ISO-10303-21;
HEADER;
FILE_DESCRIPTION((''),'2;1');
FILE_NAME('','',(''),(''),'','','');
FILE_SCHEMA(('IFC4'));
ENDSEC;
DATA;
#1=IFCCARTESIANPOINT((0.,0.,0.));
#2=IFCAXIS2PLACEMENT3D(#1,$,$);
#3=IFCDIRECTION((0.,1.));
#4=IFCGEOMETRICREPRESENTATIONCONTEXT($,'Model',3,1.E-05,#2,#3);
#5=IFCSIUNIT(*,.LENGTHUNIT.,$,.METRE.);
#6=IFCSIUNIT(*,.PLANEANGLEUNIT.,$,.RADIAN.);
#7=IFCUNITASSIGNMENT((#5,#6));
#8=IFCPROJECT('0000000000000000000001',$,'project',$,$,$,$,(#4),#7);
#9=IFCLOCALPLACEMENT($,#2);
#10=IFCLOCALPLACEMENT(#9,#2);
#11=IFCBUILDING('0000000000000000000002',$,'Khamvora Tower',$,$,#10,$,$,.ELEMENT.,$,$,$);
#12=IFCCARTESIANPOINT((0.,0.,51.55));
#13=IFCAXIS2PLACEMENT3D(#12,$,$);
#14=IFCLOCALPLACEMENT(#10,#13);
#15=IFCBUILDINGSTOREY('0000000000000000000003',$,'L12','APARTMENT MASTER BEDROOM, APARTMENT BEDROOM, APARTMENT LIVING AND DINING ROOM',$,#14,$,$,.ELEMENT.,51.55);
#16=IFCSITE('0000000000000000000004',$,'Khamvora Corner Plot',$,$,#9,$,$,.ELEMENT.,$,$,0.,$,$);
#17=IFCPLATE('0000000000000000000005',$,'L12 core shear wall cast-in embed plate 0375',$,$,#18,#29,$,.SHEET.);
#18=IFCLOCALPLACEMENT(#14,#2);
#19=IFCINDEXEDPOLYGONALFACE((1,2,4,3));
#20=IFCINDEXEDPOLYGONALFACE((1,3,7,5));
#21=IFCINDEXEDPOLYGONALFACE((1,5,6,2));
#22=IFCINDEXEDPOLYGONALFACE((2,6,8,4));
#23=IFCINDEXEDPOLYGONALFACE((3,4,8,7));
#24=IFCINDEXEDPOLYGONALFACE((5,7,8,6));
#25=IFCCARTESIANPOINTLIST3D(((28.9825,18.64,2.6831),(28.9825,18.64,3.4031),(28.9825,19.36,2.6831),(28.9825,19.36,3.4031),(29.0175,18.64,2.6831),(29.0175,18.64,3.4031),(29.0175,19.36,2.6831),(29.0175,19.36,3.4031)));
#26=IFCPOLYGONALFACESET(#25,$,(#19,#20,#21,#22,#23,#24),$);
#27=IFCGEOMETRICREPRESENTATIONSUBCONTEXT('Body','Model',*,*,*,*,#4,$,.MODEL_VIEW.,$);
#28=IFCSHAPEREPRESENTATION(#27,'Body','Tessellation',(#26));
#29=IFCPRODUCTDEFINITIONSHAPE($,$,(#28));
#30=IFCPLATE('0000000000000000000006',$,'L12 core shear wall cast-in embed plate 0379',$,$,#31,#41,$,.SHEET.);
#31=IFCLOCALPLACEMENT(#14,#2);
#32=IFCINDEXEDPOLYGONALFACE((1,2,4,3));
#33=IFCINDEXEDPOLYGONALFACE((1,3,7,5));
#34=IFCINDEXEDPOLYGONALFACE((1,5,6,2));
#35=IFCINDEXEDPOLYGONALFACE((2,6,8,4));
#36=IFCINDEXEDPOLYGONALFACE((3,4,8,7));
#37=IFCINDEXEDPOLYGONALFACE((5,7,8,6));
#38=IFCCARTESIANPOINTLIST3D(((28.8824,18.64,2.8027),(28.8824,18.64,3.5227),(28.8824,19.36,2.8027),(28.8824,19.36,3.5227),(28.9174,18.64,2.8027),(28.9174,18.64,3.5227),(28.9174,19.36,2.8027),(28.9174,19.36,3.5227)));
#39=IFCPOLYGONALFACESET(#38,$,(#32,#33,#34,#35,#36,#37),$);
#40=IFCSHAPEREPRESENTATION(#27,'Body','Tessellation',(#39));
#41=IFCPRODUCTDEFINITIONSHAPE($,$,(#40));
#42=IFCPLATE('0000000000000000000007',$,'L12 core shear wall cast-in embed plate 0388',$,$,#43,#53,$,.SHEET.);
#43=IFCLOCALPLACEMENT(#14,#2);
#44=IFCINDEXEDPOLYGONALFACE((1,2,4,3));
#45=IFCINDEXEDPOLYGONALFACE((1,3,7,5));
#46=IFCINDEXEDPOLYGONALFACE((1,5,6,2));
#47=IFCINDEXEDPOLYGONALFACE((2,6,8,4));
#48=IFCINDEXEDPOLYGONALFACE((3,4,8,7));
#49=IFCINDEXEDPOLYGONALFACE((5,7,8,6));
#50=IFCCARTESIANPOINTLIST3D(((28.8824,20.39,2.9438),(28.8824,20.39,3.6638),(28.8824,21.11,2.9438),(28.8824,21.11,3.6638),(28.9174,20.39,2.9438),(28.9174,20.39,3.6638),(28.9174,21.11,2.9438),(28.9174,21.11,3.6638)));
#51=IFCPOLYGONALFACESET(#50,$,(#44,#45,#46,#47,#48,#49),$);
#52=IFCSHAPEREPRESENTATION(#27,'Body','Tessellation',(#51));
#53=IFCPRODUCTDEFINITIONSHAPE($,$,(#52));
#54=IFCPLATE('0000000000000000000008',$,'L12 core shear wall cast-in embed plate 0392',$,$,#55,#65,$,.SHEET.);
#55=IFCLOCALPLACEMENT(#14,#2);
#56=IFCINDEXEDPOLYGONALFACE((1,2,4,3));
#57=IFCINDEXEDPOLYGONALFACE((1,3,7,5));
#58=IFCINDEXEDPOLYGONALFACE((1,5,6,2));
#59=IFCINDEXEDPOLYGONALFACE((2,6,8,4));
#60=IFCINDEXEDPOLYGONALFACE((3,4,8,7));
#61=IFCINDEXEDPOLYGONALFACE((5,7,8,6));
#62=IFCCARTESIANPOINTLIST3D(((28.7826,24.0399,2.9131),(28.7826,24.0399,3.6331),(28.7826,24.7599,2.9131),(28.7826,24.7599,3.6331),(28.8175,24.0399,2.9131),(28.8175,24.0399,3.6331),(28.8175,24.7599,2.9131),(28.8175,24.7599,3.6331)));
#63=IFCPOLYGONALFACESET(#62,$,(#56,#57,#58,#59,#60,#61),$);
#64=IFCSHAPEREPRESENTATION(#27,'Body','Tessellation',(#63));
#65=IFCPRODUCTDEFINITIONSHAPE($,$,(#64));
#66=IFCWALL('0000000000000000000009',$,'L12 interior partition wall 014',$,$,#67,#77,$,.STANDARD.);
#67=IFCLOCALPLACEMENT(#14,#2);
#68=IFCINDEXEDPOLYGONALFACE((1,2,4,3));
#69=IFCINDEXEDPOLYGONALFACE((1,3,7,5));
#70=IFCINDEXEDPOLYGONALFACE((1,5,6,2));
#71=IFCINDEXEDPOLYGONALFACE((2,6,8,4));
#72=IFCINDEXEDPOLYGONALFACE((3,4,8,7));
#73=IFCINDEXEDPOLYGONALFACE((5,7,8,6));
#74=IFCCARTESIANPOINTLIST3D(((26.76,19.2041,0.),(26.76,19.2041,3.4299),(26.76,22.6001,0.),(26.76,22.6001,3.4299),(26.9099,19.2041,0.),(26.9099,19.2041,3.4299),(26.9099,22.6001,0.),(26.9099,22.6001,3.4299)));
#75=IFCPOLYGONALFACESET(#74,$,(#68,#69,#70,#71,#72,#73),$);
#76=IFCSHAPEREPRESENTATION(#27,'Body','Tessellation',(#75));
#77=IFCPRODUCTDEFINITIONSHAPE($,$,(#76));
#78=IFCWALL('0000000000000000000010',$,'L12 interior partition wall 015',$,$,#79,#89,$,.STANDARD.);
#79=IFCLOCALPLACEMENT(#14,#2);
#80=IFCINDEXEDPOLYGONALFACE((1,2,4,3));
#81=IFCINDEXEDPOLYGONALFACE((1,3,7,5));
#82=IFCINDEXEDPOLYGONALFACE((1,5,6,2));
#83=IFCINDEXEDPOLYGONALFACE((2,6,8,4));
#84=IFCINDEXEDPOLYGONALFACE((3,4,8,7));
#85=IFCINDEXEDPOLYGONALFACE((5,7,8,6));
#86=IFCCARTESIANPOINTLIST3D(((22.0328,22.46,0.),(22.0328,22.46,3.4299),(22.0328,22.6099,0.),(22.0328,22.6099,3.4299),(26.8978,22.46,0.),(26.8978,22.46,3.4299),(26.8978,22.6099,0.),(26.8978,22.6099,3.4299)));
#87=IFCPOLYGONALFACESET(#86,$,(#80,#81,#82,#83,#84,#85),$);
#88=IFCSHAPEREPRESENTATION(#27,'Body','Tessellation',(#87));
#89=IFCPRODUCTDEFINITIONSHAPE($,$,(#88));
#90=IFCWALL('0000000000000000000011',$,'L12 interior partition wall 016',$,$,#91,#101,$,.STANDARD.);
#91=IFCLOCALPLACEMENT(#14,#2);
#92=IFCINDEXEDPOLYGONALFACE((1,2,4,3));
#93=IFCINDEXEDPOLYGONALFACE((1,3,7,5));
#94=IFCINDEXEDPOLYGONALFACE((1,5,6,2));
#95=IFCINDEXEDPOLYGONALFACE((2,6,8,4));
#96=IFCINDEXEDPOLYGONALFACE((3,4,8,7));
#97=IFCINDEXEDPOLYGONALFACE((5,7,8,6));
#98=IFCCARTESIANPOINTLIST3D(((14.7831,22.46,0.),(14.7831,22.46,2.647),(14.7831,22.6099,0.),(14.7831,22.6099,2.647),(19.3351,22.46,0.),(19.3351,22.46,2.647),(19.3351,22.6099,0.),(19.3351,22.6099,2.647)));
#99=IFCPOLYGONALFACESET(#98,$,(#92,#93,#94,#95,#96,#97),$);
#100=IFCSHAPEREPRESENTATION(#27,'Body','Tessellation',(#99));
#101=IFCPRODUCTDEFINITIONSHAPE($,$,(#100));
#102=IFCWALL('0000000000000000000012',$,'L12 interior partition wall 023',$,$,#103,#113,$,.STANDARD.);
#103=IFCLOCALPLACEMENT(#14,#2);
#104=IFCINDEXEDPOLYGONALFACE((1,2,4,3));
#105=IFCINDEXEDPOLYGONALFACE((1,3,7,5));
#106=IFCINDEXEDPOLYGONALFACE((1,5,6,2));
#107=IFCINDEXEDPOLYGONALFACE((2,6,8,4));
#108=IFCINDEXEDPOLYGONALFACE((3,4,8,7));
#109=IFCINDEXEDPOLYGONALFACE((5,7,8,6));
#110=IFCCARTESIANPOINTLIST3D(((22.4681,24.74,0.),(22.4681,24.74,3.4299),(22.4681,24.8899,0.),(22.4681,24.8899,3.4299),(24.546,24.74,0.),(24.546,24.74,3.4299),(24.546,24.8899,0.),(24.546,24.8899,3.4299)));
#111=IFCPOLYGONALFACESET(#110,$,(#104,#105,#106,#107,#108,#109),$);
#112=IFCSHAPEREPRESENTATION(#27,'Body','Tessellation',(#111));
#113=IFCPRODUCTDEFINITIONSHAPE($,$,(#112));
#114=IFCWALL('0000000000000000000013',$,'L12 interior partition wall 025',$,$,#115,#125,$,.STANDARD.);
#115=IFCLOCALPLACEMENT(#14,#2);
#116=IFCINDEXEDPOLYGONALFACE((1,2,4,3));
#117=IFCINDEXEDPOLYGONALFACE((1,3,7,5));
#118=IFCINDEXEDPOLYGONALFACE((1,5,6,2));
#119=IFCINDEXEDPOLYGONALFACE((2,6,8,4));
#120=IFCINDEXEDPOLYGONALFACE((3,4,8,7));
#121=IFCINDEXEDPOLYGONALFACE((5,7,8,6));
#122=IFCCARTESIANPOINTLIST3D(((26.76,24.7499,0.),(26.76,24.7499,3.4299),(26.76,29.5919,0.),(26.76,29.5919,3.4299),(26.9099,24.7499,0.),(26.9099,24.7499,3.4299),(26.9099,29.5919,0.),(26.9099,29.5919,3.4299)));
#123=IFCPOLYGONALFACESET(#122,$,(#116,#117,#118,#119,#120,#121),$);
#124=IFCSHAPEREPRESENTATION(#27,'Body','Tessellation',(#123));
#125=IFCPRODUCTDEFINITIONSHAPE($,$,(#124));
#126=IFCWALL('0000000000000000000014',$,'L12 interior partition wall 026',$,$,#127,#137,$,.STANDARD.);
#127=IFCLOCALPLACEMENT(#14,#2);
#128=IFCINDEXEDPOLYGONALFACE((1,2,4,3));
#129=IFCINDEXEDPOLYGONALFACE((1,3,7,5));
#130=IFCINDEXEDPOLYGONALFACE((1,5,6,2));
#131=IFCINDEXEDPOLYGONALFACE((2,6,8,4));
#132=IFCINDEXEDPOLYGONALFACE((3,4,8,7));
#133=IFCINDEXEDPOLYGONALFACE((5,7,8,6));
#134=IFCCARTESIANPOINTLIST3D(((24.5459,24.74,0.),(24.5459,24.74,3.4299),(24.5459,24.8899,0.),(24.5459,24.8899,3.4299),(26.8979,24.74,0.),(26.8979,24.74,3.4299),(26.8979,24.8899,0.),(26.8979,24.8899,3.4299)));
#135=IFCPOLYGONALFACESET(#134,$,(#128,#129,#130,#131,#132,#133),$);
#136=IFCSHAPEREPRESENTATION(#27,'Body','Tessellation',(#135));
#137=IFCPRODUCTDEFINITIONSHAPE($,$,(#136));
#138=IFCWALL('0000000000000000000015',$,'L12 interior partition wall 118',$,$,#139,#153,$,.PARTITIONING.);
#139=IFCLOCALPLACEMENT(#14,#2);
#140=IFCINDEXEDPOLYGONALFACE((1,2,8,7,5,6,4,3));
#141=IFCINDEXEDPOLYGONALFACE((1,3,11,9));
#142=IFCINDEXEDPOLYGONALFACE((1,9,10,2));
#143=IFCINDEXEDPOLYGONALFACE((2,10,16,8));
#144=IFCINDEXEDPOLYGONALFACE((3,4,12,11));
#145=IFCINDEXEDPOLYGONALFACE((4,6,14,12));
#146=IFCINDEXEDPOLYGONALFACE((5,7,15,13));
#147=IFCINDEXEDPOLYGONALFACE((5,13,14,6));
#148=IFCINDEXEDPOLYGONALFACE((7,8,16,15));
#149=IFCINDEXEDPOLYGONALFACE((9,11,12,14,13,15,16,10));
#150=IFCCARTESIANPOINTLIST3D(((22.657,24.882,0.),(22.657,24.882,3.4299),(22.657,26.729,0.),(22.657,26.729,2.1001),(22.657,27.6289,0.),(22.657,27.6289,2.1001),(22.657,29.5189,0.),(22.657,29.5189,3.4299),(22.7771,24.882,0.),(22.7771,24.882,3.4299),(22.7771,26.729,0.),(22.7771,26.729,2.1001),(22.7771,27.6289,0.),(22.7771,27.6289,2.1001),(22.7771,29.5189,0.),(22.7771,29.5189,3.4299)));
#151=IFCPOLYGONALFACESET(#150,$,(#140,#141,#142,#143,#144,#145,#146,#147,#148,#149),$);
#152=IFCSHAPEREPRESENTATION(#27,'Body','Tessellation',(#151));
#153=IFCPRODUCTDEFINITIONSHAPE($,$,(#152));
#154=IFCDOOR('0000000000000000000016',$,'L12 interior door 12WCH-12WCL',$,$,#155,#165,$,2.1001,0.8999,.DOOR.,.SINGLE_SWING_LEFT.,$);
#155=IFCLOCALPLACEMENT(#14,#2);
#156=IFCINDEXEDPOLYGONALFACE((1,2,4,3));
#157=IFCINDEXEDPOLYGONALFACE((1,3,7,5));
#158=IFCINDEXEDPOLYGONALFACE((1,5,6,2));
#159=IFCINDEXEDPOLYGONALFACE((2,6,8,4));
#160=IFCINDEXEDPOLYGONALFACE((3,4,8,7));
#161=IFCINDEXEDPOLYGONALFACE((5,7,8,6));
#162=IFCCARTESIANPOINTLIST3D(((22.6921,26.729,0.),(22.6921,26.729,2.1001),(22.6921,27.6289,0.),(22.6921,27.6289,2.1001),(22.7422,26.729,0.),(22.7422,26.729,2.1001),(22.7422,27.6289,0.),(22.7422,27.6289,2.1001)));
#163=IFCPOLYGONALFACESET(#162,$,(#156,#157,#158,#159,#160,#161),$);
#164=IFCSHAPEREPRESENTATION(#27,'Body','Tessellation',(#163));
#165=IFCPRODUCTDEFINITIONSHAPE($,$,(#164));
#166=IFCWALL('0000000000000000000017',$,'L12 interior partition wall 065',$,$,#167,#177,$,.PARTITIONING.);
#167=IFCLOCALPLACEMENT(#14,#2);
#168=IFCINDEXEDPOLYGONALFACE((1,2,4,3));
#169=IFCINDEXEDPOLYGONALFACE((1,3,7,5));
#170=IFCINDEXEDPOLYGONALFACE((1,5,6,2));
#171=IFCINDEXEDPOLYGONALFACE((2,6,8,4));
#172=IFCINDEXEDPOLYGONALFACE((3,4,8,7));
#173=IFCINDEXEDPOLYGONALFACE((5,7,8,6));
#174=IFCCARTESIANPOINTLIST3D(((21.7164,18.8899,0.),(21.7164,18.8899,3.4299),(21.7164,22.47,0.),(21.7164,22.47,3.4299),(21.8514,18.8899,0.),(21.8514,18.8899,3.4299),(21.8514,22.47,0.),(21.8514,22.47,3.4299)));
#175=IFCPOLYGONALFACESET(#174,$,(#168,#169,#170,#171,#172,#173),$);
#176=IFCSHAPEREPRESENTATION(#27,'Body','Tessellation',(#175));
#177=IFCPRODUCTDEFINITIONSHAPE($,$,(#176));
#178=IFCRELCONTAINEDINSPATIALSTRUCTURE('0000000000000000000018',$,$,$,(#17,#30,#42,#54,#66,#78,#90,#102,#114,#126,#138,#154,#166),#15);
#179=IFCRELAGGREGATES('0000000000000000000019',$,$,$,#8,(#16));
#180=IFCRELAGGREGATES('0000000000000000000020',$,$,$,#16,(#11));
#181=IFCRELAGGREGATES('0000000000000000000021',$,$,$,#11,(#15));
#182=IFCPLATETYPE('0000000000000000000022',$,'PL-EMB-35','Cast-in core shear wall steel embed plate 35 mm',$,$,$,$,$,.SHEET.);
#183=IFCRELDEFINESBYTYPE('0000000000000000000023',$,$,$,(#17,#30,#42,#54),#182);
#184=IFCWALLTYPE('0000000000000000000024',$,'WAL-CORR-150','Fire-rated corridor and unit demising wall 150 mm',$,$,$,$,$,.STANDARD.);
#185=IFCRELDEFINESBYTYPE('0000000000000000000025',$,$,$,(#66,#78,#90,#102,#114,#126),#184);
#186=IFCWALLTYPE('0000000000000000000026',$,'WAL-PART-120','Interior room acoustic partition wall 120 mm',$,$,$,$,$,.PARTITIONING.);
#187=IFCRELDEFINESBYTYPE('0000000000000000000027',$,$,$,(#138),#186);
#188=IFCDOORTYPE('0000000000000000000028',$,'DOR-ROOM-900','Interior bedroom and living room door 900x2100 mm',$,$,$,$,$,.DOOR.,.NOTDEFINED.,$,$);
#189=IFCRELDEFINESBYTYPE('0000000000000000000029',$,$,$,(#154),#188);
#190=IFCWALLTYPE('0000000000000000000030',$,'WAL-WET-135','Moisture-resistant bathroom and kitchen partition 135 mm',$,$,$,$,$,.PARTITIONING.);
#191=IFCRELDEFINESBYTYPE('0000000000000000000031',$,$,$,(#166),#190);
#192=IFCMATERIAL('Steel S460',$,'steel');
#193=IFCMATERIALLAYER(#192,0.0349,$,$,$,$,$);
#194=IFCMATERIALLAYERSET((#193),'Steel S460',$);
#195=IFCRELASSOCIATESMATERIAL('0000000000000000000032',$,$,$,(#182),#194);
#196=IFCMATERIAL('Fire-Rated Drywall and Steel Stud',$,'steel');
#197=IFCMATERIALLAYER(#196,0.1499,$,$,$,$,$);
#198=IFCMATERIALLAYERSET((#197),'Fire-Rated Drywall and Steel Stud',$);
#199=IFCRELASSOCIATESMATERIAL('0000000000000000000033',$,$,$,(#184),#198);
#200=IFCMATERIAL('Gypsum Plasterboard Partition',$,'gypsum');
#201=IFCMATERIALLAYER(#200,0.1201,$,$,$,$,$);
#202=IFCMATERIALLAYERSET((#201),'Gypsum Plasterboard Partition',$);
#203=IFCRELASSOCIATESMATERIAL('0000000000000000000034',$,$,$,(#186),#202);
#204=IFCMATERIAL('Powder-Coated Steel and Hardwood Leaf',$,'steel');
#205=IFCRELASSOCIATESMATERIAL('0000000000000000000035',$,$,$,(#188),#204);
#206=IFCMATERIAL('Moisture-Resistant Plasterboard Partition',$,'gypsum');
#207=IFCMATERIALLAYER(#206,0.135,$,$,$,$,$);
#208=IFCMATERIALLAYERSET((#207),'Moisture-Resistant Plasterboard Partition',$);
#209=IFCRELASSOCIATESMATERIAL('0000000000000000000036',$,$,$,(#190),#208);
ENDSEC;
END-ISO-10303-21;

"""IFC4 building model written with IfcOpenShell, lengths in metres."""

from ifc_helpers import new_model, si_unit, direction, frame, frame_2d, origin, origin_2d, place, context, subcontext, project, spatial, rectangle, extrude, material, layer, layer_set, type_object, element, fill, save


model = new_model("IFC4")

# Units and contexts
model_context = context("Model", 3, precision=1e-05, world=origin(), true_north=direction((0.0, 1.0)))
body_context = subcontext(model_context, "Body", "Model", "MODEL_VIEW")
ifc_project = project(units=[si_unit("LENGTHUNIT", "METRE"), si_unit("PLANEANGLEUNIT", "RADIAN")], contexts=[model_context])

# Site, building, storey
site_placement = place(None, origin())
site = spatial("IfcSite", under=ifc_project, at=site_placement, Name="Khamvora Corner Plot", CompositionType="ELEMENT", RefElevation=0.0)
building_placement = place(site_placement, origin())
building = spatial("IfcBuilding", under=site, at=building_placement, Name="Khamvora Tower", CompositionType="ELEMENT")
storey_placement = place(building_placement, frame((0.0, 0.0, 51.55)))
storey = spatial("IfcBuildingStorey", under=building, at=storey_placement, Name="L12", Description="APARTMENT MASTER BEDROOM, APARTMENT BEDROOM, APARTMENT LIVING AND DINING ROOM", CompositionType="ELEMENT", Elevation=51.55)

# Shared definitions
ifc_material_1 = material(Name="Steel S460", Category="steel")

# Plates
ifc_layer_1 = layer(ifc_material_1, 0.0349)
ifc_layer_set_1 = layer_set([ifc_layer_1], Name="Steel S460")
plate_type = type_object("IfcPlateType", Name="PL-EMB-35", Description="Cast-in core shear wall steel embed plate 35 mm", PredefinedType="SHEET", material=ifc_layer_set_1)
for number, where, z_axis, x_axis, name in (
    (1, (29.0, 19.0, 2.6831), (0.0, 0.0, 1.0), (1.0, 0.0, 0.0), "L12 core shear wall cast-in embed plate 0375"),
    (2, (28.8999, 19.0, 2.8027), (0.0, 0.0, 1.0), (1.0, 0.0, 0.0), "L12 core shear wall cast-in embed plate 0379"),
    (3, (28.8999, 20.75, 2.9438), (0.0, 0.0, 1.0), (1.0, 0.0, 0.0), "L12 core shear wall cast-in embed plate 0388"),
    (4, (28.8, 24.3999, 2.9131), (0.0, 0.0, 1.0), (1.0, 0.0, 0.0), "L12 core shear wall cast-in embed plate 0392"),
):
    element("IfcPlate", number, at=place(storey_placement, frame(where, z_axis=z_axis, x_axis=x_axis)), inside=storey, type_object=plate_type, Name=name, PredefinedType="SHEET", context=body_context, shape_type="SweptSolid", body=[
        extrude(rectangle(XDim=0.0349, YDim=0.72, at=origin_2d()), origin(), (0.0, 0.0, 1.0), 0.72),
    ])

# Shared definitions
ifc_material_2 = material(Name="Fire-Rated Drywall and Steel Stud", Category="steel")
ifc_layer_2 = layer(ifc_material_2, 0.1499)
ifc_layer_set_2 = layer_set([ifc_layer_2], Name="Fire-Rated Drywall and Steel Stud")
wall_type_1 = type_object("IfcWallType", Name="WAL-CORR-150", Description="Fire-rated corridor and unit demising wall 150 mm", PredefinedType="STANDARD", material=ifc_layer_set_2)
ifc_material_3 = material(Name="Powder-Coated Steel and Hardwood Leaf", Category="steel")

# Walls
wall_1_placement = place(storey_placement, frame((26.835, 19.2041, 0.0), z_axis=(0.0, 0.0, 1.0), x_axis=(0.0, 1.0, 0.0)))
element("IfcWall", 5, at=wall_1_placement, inside=storey, type_object=wall_type_1, Name="L12 interior partition wall 014", PredefinedType="STANDARD", context=body_context, shape_type="SweptSolid", body=[
    extrude(rectangle(XDim=3.396, YDim=0.1499, at=frame_2d((1.698, 0.0))), origin(), (0.0, 0.0, 1.0), 3.4299),
])
wall_2_placement = place(storey_placement, frame((26.8979, 22.5349, 0.0), z_axis=(0.0, 0.0, 1.0), x_axis=(-1.0, 0.0, 0.0)))
element("IfcWall", 6, at=wall_2_placement, inside=storey, type_object=wall_type_1, Name="L12 interior partition wall 015", PredefinedType="STANDARD", context=body_context, shape_type="SweptSolid", body=[
    extrude(rectangle(XDim=4.865, YDim=0.1499, at=frame_2d((2.4326, 0.0))), origin(), (0.0, 0.0, 1.0), 3.4299),
])
wall_3_placement = place(storey_placement, frame((19.335, 22.5349, 0.0), z_axis=(0.0, 0.0, 1.0), x_axis=(-1.0, 0.0, 0.0)))
element("IfcWall", 7, at=wall_3_placement, inside=storey, type_object=wall_type_1, Name="L12 interior partition wall 016", PredefinedType="STANDARD", context=body_context, shape_type="SweptSolid", body=[
    extrude(rectangle(XDim=4.552, YDim=0.1499, at=frame_2d((2.2759, 0.0))), origin(), (0.0, 0.0, 1.0), 2.647),
])
wall_4_placement = place(storey_placement, frame((22.468, 24.8149, 0.0), z_axis=(0.0, 0.0, 1.0), x_axis=(1.0, 0.0, 0.0)))
element("IfcWall", 8, at=wall_4_placement, inside=storey, type_object=wall_type_1, Name="L12 interior partition wall 023", PredefinedType="STANDARD", context=body_context, shape_type="SweptSolid", body=[
    extrude(rectangle(XDim=2.0779, YDim=0.1499, at=frame_2d((1.0391, 0.0))), origin(), (0.0, 0.0, 1.0), 3.4299),
])
wall_5_placement = place(storey_placement, frame((26.835, 24.75, 0.0), z_axis=(0.0, 0.0, 1.0), x_axis=(0.0, 1.0, 0.0)))
element("IfcWall", 9, at=wall_5_placement, inside=storey, type_object=wall_type_1, Name="L12 interior partition wall 025", PredefinedType="STANDARD", context=body_context, shape_type="SweptSolid", body=[
    extrude(rectangle(XDim=4.842, YDim=0.1499, at=frame_2d((2.4209, 0.0))), origin(), (0.0, 0.0, 1.0), 3.4299),
])
wall_6_placement = place(storey_placement, frame((24.5459, 24.8149, 0.0), z_axis=(0.0, 0.0, 1.0), x_axis=(1.0, 0.0, 0.0)))
element("IfcWall", 10, at=wall_6_placement, inside=storey, type_object=wall_type_1, Name="L12 interior partition wall 026", PredefinedType="STANDARD", context=body_context, shape_type="SweptSolid", body=[
    extrude(rectangle(XDim=2.3521, YDim=0.1499, at=frame_2d((1.176, 0.0))), origin(), (0.0, 0.0, 1.0), 3.4299),
])

# Wall, opening, door
ifc_material_4 = material(Name="Gypsum Plasterboard Partition", Category="gypsum")
ifc_layer_3 = layer(ifc_material_4, 0.1201)
ifc_layer_set_3 = layer_set([ifc_layer_3], Name="Gypsum Plasterboard Partition")
wall_type_2 = type_object("IfcWallType", Name="WAL-PART-120", Description="Interior room acoustic partition wall 120 mm", PredefinedType="PARTITIONING", material=ifc_layer_set_3)
wall_7_placement = place(storey_placement, frame((22.717, 24.8821, 0.0), z_axis=(0.0, 0.0, 1.0), x_axis=(0.0, 1.0, 0.0)))
wall_7 = element("IfcWall", 11, at=wall_7_placement, inside=storey, type_object=wall_type_2, Name="L12 interior partition wall 118", PredefinedType="PARTITIONING", context=body_context, shape_type="SweptSolid", body=[
    extrude(rectangle(XDim=4.637, YDim=0.1201, at=frame_2d((2.3184, 0.0))), origin(), (0.0, 0.0, 1.0), 3.4299),
])
opening_1_placement = place(wall_7_placement, frame((1.8469, 0.0, 0.0)))
opening_1 = element("IfcOpeningElement", 12, at=opening_1_placement, cuts=wall_7, PredefinedType="OPENING", context=body_context, shape_type="SweptSolid", body=[
    extrude(rectangle(XDim=0.8999, YDim=2.1001, at=frame_2d((0.45, 1.05))), frame((0.0, 0.0701, 0.0), z_axis=(0.0, -1.0, 0.0), x_axis=(1.0, 0.0, 0.0)), (0.0, 0.0, 1.0), 0.1401),
])
door_type_1 = type_object("IfcDoorType", Name="DOR-ROOM-900", Description="Interior bedroom and living room door 900x2100 mm", OperationType="NOTDEFINED", PredefinedType="DOOR", material=ifc_material_3)
door_1_placement = place(opening_1_placement, origin())
door_1 = element("IfcDoor", 13, at=door_1_placement, inside=storey, type_object=door_type_1, Name="L12 interior door 12WCH-12WCL", OperationType="SINGLE_SWING_LEFT", OverallHeight=2.1001, OverallWidth=0.8999, PredefinedType="DOOR", context=body_context, shape_type="SweptSolid", body=[
    extrude(rectangle(XDim=0.8999, YDim=2.1001, at=frame_2d((0.45, 1.05))), frame((0.0, 0.0249, 0.0), z_axis=(0.0, -1.0, 0.0), x_axis=(1.0, 0.0, 0.0)), (0.0, 0.0, 1.0), 0.05),
])
fill(opening_1, door_1)

# Wall
ifc_material_5 = material(Name="Moisture-Resistant Plasterboard Partition", Category="gypsum")
ifc_layer_4 = layer(ifc_material_5, 0.135)
ifc_layer_set_4 = layer_set([ifc_layer_4], Name="Moisture-Resistant Plasterboard Partition")
wall_type_3 = type_object("IfcWallType", Name="WAL-WET-135", Description="Moisture-resistant bathroom and kitchen partition 135 mm", PredefinedType="PARTITIONING", material=ifc_layer_set_4)
wall_8_placement = place(storey_placement, frame((21.7839, 22.47, 0.0), z_axis=(0.0, 0.0, 1.0), x_axis=(0.0, -1.0, 0.0)))
element("IfcWall", 14, at=wall_8_placement, inside=storey, type_object=wall_type_3, Name="L12 interior partition wall 065", PredefinedType="PARTITIONING", context=body_context, shape_type="SweptSolid", body=[
    extrude(rectangle(XDim=3.5801, YDim=0.135, at=frame_2d((1.79, 0.0))), origin(), (0.0, 0.0, 1.0), 3.4299),
])

save(model, "model.ifc")
